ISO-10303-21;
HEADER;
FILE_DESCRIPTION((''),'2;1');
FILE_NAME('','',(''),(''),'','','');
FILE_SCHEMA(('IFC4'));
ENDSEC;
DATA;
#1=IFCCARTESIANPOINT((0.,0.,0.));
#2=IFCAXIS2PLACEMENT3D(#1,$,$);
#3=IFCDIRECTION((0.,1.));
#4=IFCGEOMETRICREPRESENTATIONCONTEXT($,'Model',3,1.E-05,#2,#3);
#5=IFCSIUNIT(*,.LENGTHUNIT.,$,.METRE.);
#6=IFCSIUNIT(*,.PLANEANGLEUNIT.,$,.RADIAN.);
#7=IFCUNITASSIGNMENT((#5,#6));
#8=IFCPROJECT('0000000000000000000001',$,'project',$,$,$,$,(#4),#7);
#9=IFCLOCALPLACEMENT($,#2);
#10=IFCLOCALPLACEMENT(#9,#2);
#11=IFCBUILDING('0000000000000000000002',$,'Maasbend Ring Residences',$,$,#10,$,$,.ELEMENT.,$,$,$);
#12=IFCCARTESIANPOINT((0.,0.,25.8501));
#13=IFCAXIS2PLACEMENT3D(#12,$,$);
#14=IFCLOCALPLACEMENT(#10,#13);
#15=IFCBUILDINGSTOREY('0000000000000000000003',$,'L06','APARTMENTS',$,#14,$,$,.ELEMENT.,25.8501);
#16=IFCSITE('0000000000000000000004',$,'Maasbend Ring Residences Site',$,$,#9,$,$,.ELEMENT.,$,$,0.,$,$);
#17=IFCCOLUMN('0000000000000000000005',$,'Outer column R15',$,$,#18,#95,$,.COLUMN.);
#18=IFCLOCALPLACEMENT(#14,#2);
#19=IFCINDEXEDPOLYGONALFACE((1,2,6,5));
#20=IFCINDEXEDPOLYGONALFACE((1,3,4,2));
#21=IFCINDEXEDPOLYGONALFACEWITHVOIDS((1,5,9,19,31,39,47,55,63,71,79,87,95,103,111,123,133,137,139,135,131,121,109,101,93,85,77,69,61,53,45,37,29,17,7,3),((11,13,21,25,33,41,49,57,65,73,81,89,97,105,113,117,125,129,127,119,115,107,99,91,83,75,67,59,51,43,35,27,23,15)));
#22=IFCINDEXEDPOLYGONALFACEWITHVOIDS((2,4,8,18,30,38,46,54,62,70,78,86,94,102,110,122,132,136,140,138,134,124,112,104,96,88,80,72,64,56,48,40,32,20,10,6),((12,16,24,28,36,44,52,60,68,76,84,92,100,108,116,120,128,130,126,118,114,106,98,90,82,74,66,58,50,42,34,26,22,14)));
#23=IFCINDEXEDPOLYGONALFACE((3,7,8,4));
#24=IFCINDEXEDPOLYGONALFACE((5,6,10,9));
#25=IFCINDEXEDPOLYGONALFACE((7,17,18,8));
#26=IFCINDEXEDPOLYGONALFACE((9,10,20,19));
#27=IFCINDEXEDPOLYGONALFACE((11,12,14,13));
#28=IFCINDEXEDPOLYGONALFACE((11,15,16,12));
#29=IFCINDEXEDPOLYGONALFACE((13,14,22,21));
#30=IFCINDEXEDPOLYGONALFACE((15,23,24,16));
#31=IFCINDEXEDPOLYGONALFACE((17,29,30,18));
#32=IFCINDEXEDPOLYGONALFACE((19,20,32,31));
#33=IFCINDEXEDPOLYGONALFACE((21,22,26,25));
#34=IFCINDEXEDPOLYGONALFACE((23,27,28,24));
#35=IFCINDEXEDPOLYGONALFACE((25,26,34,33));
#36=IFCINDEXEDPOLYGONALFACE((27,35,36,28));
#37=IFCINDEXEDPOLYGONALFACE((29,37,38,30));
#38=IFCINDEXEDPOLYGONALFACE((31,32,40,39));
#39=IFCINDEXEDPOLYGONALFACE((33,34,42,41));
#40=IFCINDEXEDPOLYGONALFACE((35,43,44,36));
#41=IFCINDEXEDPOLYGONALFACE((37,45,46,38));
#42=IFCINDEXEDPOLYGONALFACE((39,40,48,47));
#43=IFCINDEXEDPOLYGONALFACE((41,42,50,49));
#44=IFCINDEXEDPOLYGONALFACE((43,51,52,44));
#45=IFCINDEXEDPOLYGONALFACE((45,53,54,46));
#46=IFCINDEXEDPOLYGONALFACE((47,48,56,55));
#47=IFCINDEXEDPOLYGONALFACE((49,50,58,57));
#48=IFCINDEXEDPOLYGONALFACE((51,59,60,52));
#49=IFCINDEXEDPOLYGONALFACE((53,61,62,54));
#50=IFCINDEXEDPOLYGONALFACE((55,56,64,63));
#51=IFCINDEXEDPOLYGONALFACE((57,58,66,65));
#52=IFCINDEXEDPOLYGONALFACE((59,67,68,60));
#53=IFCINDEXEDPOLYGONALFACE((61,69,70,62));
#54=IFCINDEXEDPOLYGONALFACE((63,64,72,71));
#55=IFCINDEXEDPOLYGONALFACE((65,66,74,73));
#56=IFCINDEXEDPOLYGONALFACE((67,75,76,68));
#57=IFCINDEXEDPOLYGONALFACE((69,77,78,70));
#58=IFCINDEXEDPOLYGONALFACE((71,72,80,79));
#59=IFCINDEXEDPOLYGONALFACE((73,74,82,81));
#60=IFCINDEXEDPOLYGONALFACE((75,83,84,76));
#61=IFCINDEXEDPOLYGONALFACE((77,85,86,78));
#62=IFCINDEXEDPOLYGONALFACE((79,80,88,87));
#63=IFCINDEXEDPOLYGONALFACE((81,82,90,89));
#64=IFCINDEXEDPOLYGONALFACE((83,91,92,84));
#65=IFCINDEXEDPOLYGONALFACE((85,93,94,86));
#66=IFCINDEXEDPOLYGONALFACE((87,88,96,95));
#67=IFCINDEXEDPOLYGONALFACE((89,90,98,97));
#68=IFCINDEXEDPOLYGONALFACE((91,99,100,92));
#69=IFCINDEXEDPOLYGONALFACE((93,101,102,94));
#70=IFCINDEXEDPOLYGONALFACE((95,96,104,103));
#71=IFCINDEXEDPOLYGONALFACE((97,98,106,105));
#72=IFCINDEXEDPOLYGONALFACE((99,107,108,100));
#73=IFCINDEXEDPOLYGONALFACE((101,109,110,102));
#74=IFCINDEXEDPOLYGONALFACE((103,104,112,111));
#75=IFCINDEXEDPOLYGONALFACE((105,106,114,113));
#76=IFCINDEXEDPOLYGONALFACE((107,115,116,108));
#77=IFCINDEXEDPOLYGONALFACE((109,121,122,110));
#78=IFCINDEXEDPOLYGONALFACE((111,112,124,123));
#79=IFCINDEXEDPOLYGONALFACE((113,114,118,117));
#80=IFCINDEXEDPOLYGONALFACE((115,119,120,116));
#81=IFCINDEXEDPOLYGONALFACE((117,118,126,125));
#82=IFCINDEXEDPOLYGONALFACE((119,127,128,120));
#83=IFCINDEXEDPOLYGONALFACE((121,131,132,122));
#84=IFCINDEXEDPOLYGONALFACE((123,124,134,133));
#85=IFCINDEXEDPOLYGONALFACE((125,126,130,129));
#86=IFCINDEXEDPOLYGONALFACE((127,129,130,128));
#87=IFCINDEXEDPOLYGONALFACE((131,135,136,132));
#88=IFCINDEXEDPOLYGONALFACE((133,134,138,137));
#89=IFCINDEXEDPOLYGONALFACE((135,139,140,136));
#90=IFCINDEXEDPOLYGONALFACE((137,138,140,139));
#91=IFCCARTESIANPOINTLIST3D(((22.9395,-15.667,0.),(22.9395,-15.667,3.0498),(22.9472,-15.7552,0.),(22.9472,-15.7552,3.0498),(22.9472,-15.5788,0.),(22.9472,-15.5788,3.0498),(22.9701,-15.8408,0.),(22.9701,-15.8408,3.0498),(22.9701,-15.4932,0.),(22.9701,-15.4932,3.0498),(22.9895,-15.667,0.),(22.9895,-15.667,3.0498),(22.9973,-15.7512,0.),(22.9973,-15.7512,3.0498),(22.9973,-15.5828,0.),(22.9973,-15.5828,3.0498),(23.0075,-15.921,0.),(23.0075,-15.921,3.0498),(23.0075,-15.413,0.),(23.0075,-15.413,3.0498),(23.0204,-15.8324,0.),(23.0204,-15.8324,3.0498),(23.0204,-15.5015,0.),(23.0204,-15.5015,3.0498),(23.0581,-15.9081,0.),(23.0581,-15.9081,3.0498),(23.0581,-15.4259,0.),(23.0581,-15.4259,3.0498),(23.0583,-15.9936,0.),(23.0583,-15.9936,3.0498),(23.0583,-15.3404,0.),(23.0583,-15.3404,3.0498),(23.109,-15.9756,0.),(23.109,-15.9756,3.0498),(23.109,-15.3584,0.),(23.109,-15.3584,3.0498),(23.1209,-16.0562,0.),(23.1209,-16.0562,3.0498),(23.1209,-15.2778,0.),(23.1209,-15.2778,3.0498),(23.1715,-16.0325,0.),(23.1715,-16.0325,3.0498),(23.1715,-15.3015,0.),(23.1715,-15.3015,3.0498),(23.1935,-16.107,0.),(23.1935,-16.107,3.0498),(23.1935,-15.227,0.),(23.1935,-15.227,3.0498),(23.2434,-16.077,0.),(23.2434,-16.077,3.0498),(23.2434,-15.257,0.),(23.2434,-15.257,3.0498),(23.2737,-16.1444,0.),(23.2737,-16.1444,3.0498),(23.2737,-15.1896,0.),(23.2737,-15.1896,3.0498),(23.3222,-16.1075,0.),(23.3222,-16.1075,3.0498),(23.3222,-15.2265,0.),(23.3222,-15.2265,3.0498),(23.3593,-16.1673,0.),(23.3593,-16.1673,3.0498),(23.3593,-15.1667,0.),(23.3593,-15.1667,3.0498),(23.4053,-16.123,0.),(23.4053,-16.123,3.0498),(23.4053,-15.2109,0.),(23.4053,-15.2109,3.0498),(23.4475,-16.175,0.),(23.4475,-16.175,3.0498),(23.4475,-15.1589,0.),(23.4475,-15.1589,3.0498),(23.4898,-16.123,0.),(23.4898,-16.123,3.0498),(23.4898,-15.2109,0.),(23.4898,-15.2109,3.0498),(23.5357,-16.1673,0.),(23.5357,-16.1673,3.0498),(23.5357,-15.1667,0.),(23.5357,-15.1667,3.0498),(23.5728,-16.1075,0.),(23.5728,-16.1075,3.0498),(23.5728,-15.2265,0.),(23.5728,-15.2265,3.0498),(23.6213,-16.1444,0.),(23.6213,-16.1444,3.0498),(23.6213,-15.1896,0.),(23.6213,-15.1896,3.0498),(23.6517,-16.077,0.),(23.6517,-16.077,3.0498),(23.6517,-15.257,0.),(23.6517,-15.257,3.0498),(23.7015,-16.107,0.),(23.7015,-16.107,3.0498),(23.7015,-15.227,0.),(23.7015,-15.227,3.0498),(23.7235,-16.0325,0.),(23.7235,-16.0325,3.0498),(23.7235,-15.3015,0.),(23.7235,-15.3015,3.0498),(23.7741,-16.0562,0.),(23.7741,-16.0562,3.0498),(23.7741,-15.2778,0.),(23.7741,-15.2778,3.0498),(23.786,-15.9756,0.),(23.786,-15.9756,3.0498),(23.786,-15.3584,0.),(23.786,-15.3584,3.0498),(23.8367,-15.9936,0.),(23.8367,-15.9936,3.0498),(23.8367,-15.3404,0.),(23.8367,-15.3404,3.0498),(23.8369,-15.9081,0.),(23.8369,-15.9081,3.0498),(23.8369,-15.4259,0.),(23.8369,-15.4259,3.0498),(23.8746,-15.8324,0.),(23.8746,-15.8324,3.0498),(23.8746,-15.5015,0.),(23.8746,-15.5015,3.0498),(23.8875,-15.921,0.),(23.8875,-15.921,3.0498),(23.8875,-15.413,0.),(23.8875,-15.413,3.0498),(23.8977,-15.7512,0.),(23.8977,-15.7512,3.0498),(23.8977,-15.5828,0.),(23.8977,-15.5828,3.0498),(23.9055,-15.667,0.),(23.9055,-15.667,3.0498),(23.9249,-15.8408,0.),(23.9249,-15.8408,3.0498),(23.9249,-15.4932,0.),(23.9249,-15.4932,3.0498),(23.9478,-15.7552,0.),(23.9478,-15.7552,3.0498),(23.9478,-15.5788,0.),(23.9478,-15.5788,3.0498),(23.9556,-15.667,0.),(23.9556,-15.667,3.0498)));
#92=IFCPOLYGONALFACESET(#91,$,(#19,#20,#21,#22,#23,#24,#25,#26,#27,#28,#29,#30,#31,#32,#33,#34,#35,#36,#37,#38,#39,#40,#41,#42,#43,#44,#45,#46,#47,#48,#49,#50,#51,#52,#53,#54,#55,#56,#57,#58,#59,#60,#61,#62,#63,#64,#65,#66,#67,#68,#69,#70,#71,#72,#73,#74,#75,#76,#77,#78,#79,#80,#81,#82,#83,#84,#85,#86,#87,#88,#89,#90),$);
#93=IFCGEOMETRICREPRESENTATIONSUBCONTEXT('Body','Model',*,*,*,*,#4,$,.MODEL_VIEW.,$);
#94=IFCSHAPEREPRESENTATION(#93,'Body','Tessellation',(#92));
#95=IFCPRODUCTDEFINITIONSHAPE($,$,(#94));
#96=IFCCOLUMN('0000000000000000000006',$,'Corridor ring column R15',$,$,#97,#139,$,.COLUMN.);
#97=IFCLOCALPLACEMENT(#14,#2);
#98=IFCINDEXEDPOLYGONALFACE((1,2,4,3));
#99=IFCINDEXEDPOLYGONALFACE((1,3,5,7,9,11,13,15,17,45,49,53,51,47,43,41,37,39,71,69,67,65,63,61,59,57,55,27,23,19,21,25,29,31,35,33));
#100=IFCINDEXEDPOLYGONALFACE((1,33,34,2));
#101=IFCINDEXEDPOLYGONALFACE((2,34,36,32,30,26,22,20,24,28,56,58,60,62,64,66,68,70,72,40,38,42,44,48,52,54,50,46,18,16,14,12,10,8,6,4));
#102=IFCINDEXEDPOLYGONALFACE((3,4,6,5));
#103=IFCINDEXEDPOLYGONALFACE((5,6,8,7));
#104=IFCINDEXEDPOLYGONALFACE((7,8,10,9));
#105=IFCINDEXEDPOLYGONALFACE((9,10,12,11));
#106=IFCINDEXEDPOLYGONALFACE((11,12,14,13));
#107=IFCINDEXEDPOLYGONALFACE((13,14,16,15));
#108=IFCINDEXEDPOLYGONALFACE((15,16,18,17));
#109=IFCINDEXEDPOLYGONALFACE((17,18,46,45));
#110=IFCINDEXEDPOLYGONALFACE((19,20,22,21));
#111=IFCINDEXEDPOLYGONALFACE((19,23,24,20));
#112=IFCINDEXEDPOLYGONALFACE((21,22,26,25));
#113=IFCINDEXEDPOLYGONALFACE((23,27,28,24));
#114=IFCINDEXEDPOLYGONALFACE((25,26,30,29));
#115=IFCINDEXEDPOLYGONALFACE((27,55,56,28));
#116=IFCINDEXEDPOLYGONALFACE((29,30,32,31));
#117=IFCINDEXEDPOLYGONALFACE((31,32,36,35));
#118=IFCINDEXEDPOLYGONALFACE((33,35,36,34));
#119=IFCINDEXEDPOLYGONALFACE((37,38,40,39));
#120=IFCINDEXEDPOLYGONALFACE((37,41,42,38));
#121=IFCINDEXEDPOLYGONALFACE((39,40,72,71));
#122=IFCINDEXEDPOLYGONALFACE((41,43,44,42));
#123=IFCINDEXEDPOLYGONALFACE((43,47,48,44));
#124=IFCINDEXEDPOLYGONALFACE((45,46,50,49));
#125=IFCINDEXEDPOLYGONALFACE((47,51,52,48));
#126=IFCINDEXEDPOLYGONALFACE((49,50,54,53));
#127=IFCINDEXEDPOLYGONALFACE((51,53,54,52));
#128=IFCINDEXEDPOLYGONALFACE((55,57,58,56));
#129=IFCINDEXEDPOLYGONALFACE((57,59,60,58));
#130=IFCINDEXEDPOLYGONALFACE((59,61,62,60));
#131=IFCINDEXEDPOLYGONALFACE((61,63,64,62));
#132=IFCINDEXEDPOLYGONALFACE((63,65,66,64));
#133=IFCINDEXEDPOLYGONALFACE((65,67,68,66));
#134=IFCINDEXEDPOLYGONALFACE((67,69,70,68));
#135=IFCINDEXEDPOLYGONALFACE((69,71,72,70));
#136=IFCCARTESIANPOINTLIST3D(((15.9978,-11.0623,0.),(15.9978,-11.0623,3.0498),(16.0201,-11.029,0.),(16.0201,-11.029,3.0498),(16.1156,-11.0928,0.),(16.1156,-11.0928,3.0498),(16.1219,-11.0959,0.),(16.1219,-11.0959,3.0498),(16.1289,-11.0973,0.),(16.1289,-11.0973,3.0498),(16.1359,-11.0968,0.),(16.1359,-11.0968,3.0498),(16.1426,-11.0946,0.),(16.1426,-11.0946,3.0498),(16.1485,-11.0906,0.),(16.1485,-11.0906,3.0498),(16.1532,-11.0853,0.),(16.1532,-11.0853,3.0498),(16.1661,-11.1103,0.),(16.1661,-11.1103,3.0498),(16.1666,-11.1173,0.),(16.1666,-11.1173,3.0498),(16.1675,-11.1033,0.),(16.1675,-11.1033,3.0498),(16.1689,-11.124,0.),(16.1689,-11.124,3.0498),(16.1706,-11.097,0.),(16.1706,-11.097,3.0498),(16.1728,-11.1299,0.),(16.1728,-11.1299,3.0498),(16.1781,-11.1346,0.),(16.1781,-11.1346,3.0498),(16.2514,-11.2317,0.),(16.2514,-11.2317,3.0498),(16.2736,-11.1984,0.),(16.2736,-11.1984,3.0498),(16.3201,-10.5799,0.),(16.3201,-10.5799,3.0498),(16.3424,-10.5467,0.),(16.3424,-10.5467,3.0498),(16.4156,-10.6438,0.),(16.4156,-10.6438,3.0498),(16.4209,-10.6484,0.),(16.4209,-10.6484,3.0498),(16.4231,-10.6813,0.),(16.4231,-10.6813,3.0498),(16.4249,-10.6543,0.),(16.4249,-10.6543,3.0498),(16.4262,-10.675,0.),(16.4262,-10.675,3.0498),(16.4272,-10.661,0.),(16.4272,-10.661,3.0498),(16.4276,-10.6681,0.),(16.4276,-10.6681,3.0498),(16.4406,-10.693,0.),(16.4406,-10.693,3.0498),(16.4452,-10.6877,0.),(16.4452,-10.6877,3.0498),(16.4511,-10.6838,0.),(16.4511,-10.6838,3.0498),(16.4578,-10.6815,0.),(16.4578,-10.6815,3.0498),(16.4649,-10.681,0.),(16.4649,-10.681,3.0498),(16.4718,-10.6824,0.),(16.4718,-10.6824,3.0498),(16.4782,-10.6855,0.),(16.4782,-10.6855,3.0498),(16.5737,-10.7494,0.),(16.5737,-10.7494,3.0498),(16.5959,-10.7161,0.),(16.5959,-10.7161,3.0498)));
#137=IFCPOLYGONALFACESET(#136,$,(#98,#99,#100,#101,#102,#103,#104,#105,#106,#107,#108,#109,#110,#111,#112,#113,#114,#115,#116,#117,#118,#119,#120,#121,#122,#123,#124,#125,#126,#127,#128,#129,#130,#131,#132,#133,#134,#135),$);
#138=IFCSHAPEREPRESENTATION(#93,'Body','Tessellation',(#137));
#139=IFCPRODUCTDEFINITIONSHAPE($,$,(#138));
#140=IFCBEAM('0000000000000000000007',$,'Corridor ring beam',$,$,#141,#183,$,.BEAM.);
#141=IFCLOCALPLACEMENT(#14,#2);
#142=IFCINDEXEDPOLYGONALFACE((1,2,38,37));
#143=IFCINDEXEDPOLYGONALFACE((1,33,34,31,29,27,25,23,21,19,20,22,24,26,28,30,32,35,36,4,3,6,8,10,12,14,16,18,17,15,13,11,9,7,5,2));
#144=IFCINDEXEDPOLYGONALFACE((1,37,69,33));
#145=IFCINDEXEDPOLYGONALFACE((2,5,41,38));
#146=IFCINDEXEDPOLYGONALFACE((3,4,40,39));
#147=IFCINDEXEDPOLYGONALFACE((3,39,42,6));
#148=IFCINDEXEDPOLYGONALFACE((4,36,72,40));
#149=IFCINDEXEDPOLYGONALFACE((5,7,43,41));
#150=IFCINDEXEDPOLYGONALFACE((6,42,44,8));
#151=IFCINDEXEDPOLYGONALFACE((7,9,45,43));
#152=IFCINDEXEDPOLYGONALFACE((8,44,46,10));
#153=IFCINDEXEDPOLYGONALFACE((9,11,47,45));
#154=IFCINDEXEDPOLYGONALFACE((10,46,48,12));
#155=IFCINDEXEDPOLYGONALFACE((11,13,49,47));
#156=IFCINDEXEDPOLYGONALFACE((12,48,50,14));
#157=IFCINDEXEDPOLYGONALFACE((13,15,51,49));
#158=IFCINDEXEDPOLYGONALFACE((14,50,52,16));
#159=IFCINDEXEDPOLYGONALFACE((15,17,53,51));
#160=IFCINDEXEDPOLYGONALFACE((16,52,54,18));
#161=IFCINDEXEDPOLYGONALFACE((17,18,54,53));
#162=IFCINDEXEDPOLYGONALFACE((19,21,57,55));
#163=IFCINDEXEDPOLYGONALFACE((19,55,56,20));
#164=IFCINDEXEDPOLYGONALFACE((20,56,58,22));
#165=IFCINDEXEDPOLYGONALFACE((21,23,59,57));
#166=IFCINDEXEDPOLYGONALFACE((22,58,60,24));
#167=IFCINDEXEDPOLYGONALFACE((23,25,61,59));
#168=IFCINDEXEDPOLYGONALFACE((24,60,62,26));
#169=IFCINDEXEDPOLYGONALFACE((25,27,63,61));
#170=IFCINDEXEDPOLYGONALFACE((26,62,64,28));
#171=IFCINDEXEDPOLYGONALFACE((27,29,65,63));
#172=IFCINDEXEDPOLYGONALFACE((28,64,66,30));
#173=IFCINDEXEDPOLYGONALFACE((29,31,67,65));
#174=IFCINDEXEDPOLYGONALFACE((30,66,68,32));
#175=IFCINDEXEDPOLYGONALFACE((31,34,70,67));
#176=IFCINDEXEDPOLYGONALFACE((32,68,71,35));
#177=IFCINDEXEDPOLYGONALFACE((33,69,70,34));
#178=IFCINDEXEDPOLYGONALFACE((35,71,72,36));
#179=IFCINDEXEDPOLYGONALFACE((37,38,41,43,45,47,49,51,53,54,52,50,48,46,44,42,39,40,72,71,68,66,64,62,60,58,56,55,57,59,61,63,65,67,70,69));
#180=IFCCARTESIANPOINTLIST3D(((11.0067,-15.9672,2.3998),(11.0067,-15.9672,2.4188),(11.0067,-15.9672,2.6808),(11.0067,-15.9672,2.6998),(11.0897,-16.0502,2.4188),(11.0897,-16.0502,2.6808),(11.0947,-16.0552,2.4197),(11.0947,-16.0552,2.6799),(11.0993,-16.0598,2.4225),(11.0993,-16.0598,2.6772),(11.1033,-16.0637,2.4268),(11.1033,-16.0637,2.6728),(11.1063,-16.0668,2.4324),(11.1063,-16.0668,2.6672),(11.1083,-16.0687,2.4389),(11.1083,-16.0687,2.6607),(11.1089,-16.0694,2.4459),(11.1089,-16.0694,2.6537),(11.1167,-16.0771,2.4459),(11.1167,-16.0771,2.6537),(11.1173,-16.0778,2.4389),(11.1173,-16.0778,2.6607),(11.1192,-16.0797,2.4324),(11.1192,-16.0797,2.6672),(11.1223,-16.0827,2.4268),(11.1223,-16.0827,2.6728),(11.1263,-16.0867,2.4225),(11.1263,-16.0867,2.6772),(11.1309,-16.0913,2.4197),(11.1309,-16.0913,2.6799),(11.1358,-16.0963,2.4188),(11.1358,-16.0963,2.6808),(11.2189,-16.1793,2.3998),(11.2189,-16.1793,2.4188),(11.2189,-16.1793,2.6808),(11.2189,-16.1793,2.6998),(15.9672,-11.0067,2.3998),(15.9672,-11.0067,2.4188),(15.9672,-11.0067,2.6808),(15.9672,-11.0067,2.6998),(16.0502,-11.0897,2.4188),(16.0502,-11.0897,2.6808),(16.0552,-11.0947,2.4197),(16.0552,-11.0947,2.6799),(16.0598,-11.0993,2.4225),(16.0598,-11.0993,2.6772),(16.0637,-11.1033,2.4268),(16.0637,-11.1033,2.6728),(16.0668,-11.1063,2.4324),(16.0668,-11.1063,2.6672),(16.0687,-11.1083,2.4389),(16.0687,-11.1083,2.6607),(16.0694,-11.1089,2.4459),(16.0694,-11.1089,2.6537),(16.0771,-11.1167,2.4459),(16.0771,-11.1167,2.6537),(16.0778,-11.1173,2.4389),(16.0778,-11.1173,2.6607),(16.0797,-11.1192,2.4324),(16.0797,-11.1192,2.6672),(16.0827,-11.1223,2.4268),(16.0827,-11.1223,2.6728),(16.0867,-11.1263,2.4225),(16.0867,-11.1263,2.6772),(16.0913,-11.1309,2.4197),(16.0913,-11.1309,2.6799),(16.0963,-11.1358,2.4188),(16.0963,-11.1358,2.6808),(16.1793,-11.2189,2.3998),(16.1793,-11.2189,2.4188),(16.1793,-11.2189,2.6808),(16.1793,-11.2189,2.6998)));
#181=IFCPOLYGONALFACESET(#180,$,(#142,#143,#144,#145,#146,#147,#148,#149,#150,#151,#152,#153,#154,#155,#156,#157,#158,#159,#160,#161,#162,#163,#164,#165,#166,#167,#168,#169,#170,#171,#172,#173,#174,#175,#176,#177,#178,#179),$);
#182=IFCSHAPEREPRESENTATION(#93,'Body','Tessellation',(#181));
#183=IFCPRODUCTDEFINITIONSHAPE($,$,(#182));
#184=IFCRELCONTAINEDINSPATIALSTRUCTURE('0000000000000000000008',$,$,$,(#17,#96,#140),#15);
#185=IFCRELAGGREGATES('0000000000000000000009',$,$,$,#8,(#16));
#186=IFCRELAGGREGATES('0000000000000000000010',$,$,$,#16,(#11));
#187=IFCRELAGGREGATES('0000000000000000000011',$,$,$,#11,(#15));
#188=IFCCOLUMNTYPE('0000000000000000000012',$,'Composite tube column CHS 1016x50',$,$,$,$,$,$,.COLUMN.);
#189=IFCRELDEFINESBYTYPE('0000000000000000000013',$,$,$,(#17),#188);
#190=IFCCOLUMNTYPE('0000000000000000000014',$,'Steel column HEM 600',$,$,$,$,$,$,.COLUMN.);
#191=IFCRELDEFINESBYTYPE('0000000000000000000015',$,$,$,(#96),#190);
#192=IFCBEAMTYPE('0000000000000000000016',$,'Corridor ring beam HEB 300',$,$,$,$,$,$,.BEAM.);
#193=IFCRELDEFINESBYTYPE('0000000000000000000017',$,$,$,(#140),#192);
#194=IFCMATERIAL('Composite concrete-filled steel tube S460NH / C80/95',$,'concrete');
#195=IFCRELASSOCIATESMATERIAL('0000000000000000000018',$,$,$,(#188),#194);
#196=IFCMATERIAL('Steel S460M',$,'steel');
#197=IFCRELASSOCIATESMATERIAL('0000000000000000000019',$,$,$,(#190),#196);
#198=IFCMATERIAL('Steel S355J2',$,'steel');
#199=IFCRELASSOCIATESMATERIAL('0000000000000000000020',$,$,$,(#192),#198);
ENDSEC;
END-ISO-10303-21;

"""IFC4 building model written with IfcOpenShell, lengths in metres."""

from ifc_helpers import new_model, si_unit, direction, frame, origin, origin_2d, place, context, subcontext, project, spatial, hollow_circle, i_section, extrude, material, material_profile, profile_set, type_object, element, save


model = new_model("IFC4")

# Units and contexts
model_context = context("Model", 3, precision=1e-05, world=origin(), true_north=direction((0.0, 1.0)))
body_context = subcontext(model_context, "Body", "Model", "MODEL_VIEW")
ifc_project = project(units=[si_unit("LENGTHUNIT", "METRE"), si_unit("PLANEANGLEUNIT", "RADIAN")], contexts=[model_context])

# Site, building, storey
site_placement = place(None, origin())
site = spatial("IfcSite", under=ifc_project, at=site_placement, Name="Maasbend Ring Residences Site", CompositionType="ELEMENT", RefElevation=0.0)
building_placement = place(site_placement, origin())
building = spatial("IfcBuilding", under=site, at=building_placement, Name="Maasbend Ring Residences", CompositionType="ELEMENT")
storey_placement = place(building_placement, frame((0.0, 0.0, 25.8501)))
storey = spatial("IfcBuildingStorey", under=building, at=storey_placement, Name="L06", Description="APARTMENTS", CompositionType="ELEMENT", Elevation=25.8501)

# Columns
ifc_material_1 = material(Name="Composite concrete-filled steel tube S460NH / C80/95", Category="concrete")
ifc_material_profile_1 = material_profile(ifc_material_1, hollow_circle(Radius=0.5081, WallThickness=0.05, at=origin_2d()), Name="Composite tube column CHS 1016x50")
ifc_profile_set_1 = profile_set([ifc_material_profile_1], Name="Composite concrete-filled steel tube S460NH / C80/95")
column_type_1 = type_object("IfcColumnType", Name="Composite tube column CHS 1016x50", PredefinedType="COLUMN", material=ifc_profile_set_1)
column_1_placement = place(storey_placement, frame((23.4475, -15.667, 0.0), z_axis=(0.0, 0.0, 1.0), x_axis=(1.0, 0.0, 0.0)))
element("IfcColumn", 1, at=column_1_placement, inside=storey, type_object=column_type_1, Name="Outer column R15", PredefinedType="COLUMN", context=body_context, shape_type="SweptSolid", body=[
    extrude(hollow_circle(Radius=0.5081, WallThickness=0.05, at=origin_2d()), origin(), (0.0, 0.0, 1.0), 3.0498),
])
ifc_material_2 = material(Name="Steel S460M", Category="steel")
ifc_material_profile_2 = material_profile(ifc_material_2, i_section(OverallWidth=0.3049, OverallDepth=0.6201, WebThickness=0.021, FlangeThickness=0.04, FilletRadius=0.0271, at=origin_2d()), Name="HEM 600")
ifc_profile_set_2 = profile_set([ifc_material_profile_2], Name="Steel S460M")
column_type_2 = type_object("IfcColumnType", Name="Steel column HEM 600", PredefinedType="COLUMN", material=ifc_profile_set_2)
column_2_placement = place(storey_placement, frame((16.2969, -10.8892, 0.0), z_axis=(0.0, 0.0, 1.0), x_axis=(0.83147, -0.55557, 0.0)))
element("IfcColumn", 2, at=column_2_placement, inside=storey, type_object=column_type_2, Name="Corridor ring column R15", PredefinedType="COLUMN", context=body_context, shape_type="SweptSolid", body=[
    extrude(i_section(OverallWidth=0.3049, OverallDepth=0.6201, WebThickness=0.021, FlangeThickness=0.04, FilletRadius=0.0271, at=origin_2d()), origin(), (0.0, 0.0, 1.0), 3.0498),
])

# Beam
ifc_material_3 = material(Name="Steel S355J2", Category="steel")
ifc_material_profile_3 = material_profile(ifc_material_3, i_section(OverallWidth=0.3, OverallDepth=0.3, WebThickness=0.011, FlangeThickness=0.019, FilletRadius=0.0271, at=origin_2d()), Name="HEB 300")
ifc_profile_set_3 = profile_set([ifc_material_profile_3], Name="Steel S355J2")
beam_type = type_object("IfcBeamType", Name="Corridor ring beam HEB 300", PredefinedType="BEAM", material=ifc_profile_set_3)
beam_placement = place(storey_placement, frame((11.1128, -16.0732, 2.5498), z_axis=(0.707107, 0.707107, 0.0), x_axis=(-0.707107, 0.707107, 0.0)))
element("IfcBeam", 3, at=beam_placement, inside=storey, type_object=beam_type, Name="Corridor ring beam", PredefinedType="BEAM", context=body_context, shape_type="SweptSolid", body=[
    extrude(i_section(OverallWidth=0.3, OverallDepth=0.3, WebThickness=0.011, FlangeThickness=0.019, FilletRadius=0.0271, at=origin_2d()), origin(), (0.0, 0.0, 1.0), 7.0151),
])

save(model, "model.ifc")
